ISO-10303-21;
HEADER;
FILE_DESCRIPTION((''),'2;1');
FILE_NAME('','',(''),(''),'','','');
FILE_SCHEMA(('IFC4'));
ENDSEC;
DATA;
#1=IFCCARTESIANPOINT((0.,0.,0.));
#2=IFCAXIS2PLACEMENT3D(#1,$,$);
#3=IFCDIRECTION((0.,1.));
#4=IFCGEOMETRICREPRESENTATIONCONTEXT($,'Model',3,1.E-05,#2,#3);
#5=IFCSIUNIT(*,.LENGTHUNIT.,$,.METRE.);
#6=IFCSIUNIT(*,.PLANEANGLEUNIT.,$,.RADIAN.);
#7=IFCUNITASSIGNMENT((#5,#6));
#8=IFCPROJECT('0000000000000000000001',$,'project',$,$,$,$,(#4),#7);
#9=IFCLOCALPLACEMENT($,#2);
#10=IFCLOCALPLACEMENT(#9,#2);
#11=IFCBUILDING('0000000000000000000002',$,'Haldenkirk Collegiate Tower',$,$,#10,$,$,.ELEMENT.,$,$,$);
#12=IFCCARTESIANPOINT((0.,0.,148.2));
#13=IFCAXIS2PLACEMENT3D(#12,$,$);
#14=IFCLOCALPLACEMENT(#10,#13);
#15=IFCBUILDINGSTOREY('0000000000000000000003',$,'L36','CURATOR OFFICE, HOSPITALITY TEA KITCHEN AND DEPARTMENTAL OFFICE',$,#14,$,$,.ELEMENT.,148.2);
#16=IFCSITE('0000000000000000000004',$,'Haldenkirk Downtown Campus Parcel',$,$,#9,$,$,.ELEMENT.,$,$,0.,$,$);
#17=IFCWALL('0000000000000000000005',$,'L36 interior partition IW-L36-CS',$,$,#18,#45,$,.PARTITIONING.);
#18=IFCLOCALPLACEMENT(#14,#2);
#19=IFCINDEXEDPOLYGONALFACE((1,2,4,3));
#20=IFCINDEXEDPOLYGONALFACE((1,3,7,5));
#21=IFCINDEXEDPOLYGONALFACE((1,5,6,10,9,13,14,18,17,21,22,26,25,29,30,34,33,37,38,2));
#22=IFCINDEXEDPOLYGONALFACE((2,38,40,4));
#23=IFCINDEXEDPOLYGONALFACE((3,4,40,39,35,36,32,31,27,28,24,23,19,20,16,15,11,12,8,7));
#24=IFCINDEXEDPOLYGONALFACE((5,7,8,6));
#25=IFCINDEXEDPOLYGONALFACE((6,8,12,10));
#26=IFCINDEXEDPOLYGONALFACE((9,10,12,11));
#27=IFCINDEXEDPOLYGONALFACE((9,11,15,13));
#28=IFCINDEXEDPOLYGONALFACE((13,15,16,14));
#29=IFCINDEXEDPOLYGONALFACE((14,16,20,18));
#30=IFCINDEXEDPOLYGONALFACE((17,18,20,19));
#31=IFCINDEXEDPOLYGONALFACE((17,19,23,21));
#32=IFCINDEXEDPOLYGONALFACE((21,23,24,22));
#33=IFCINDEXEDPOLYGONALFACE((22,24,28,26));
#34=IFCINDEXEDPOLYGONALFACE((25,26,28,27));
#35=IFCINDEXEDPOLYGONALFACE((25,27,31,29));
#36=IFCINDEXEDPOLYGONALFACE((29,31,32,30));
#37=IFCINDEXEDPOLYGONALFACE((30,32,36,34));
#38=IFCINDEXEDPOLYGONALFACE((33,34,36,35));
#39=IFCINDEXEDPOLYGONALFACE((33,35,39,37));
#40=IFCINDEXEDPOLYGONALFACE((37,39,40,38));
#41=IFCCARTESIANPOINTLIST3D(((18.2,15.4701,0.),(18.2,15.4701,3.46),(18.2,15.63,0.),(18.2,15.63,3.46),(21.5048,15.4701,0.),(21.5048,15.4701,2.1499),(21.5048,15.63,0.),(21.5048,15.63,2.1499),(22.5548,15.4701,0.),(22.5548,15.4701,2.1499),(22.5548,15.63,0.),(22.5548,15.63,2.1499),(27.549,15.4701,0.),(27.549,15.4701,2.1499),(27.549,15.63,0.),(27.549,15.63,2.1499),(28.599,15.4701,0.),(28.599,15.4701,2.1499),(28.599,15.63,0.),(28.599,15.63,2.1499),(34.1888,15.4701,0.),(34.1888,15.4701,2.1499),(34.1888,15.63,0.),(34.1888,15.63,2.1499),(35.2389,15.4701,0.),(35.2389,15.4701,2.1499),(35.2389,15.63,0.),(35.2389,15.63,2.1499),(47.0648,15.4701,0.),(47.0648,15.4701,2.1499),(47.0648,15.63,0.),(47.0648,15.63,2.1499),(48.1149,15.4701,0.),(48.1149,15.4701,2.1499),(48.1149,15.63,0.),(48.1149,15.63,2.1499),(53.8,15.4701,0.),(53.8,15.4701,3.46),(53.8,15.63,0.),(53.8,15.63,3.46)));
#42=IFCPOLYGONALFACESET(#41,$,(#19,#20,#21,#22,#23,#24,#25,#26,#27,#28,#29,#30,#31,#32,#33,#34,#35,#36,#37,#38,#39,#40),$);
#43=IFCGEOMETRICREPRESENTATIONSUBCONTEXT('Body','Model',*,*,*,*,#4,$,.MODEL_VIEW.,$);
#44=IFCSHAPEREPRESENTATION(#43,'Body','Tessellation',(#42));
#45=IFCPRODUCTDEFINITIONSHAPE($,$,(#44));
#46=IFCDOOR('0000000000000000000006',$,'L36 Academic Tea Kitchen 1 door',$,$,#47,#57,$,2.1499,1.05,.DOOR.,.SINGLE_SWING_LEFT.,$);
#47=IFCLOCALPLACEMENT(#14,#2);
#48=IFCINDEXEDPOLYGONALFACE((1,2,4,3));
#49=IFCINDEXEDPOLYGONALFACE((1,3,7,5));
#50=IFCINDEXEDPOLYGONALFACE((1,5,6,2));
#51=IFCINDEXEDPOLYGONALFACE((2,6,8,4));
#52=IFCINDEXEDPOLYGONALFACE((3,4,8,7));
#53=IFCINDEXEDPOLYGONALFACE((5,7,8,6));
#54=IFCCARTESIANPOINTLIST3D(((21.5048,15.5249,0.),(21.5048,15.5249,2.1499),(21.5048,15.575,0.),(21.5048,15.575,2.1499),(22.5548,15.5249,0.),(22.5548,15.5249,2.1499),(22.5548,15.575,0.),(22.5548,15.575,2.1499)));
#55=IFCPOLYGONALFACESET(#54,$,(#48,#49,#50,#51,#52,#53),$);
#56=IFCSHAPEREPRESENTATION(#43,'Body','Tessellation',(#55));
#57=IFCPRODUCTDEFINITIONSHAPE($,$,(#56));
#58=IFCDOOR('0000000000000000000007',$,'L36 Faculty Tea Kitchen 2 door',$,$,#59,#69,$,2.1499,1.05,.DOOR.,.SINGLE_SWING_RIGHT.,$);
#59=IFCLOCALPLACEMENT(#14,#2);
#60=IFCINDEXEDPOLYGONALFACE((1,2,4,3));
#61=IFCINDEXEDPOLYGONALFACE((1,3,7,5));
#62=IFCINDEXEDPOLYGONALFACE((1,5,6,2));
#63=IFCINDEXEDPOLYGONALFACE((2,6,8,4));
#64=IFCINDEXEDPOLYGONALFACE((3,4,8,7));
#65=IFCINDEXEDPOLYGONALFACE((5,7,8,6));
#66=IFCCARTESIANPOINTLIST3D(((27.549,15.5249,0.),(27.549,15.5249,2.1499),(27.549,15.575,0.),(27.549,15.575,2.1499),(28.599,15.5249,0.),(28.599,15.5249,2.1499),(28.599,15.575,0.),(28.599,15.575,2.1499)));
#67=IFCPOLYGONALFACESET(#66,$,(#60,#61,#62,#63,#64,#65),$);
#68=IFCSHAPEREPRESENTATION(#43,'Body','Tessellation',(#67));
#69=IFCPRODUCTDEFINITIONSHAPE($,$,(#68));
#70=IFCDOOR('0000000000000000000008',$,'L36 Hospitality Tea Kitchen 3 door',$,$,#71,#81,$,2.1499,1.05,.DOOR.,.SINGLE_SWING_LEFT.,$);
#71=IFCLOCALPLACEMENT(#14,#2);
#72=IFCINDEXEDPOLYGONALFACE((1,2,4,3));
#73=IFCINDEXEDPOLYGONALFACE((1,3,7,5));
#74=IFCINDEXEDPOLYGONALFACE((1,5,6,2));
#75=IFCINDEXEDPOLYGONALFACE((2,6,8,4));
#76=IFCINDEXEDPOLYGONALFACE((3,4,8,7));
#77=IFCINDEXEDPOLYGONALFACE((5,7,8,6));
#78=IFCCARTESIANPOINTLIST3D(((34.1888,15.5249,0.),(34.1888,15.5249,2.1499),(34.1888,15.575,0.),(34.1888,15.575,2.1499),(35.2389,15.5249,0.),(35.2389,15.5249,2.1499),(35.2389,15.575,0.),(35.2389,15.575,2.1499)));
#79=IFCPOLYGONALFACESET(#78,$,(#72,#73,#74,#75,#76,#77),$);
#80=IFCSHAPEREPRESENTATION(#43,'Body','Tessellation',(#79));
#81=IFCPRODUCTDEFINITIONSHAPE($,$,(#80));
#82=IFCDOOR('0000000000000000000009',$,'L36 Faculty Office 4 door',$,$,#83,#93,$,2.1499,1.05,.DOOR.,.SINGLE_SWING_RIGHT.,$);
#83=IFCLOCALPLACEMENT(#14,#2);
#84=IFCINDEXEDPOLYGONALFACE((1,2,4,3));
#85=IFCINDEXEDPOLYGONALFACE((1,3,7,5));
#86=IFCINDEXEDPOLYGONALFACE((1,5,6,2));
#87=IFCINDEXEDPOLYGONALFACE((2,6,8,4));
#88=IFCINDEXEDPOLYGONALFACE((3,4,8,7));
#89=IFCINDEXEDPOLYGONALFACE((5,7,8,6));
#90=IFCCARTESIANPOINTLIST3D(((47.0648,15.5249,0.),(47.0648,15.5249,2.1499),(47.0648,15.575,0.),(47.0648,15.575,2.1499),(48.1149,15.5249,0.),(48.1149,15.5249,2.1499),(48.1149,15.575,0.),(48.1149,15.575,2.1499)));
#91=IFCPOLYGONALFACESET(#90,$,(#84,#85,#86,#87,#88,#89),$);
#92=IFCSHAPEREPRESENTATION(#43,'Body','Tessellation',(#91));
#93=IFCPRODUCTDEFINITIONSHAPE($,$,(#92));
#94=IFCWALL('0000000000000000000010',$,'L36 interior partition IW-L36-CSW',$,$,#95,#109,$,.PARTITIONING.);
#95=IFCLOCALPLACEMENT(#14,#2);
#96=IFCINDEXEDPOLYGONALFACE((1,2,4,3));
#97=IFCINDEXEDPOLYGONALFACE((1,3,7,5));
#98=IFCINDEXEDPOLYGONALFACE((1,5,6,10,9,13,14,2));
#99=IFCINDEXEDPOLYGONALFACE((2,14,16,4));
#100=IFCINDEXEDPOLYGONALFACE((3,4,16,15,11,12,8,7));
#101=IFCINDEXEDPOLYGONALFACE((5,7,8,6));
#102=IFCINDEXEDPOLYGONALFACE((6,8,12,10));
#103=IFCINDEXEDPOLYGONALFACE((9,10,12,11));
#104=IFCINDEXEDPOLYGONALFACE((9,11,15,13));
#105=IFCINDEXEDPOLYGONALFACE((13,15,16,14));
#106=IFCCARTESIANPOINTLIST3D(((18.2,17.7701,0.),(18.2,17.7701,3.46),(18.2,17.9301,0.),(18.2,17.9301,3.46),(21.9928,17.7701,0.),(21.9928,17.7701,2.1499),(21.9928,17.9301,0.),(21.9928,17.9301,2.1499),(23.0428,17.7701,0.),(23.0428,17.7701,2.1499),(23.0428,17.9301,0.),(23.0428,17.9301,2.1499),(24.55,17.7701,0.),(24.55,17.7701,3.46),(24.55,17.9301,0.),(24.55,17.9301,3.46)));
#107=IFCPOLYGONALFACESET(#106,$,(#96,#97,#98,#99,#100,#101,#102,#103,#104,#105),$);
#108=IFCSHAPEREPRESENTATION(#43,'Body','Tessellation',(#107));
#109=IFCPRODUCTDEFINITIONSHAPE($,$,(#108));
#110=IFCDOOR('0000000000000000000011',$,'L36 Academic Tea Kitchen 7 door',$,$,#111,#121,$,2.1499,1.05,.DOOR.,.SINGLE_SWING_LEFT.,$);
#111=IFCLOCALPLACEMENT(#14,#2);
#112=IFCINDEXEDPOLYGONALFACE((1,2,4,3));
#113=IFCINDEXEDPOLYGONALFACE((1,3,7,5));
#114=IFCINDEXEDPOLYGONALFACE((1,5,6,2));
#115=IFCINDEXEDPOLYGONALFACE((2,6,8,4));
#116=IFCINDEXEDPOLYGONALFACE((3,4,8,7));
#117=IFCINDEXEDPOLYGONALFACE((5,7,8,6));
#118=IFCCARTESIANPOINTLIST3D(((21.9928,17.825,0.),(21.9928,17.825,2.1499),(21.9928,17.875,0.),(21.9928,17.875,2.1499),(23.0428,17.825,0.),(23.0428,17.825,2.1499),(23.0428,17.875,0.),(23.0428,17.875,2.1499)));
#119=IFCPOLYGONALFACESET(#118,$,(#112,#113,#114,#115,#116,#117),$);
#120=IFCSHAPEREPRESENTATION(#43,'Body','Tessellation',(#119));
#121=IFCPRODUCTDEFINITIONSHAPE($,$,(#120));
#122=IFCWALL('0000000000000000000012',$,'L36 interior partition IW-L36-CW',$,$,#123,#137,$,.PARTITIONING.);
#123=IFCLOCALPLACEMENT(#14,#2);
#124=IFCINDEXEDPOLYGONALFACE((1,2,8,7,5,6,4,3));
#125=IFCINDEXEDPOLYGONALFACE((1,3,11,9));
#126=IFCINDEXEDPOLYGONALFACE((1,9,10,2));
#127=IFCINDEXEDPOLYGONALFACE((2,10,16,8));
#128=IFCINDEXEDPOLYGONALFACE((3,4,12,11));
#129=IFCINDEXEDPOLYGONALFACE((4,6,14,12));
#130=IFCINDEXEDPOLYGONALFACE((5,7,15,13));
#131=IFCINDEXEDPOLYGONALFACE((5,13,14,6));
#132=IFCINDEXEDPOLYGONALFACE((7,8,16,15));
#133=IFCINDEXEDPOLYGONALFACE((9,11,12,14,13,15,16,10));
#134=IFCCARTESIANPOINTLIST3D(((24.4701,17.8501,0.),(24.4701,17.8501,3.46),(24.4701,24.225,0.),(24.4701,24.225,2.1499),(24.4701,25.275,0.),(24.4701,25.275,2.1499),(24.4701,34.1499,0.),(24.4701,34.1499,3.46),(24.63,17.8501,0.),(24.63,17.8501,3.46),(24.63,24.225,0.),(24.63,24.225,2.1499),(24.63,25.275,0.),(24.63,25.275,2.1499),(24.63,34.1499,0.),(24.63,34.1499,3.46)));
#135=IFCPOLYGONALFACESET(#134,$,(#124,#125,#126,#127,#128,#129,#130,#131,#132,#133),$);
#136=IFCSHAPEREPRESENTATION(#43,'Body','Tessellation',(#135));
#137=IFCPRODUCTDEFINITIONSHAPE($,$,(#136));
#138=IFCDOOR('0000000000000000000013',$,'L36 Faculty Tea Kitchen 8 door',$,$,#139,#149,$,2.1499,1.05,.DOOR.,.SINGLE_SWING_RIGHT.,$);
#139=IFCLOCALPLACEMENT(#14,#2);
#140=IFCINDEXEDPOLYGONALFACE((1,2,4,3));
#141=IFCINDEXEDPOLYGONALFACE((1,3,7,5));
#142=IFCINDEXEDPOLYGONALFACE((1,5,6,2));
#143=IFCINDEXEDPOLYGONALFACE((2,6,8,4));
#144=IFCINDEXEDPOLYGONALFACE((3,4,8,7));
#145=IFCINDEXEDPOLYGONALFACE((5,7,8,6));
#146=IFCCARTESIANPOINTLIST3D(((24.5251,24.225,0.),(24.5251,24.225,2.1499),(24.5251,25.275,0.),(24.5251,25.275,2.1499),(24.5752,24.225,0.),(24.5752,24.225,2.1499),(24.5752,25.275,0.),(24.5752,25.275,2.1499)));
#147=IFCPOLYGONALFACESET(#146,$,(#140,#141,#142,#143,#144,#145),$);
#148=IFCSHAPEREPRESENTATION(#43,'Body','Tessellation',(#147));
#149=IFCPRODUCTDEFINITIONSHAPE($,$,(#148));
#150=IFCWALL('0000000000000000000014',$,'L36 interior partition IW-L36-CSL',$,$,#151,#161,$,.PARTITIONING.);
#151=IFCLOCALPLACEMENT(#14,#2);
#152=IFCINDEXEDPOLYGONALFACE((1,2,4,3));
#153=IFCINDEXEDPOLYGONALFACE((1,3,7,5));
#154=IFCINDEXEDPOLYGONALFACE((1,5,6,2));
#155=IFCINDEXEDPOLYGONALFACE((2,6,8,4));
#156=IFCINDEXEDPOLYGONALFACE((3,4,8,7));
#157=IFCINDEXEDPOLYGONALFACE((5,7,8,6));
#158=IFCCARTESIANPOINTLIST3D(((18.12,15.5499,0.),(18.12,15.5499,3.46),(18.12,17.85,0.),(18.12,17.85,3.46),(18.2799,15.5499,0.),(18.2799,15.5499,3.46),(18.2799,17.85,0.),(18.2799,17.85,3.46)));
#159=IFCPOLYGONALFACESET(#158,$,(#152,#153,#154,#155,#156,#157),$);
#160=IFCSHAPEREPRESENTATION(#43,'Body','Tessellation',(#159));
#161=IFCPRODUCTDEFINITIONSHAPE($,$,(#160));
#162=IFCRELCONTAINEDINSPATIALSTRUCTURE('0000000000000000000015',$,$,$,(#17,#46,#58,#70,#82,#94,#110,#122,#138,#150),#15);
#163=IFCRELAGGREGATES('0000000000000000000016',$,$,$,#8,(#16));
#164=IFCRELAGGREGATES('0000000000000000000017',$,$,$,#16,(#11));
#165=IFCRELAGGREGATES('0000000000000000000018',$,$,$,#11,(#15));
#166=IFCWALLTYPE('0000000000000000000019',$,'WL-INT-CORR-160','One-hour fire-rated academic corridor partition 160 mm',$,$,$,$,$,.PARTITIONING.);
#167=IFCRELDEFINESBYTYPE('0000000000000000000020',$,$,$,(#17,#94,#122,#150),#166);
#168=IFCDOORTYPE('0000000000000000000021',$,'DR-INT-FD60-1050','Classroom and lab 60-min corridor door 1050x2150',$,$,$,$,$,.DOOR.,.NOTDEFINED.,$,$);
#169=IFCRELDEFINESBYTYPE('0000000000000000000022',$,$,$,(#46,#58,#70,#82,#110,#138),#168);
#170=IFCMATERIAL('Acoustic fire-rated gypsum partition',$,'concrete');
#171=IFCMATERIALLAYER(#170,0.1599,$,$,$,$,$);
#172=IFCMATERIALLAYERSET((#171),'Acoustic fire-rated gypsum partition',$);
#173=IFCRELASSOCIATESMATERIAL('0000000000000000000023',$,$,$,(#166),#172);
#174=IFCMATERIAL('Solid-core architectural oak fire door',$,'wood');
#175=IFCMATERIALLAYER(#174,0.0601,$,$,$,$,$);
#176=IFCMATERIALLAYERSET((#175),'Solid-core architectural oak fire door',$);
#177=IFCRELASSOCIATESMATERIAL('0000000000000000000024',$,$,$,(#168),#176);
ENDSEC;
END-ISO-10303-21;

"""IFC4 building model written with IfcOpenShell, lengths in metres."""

from ifc_helpers import new_model, si_unit, direction, frame, frame_2d, origin, place, context, subcontext, project, spatial, rectangle, extrude, material, layer, layer_set, type_object, element, fill, save


model = new_model("IFC4")

# Units and contexts
model_context = context("Model", 3, precision=1e-05, world=origin(), true_north=direction((0.0, 1.0)))
body_context = subcontext(model_context, "Body", "Model", "MODEL_VIEW")
ifc_project = project(units=[si_unit("LENGTHUNIT", "METRE"), si_unit("PLANEANGLEUNIT", "RADIAN")], contexts=[model_context])

# Site, building, storey
site_placement = place(None, origin())
site = spatial("IfcSite", under=ifc_project, at=site_placement, Name="Haldenkirk Downtown Campus Parcel", CompositionType="ELEMENT", RefElevation=0.0)
building_placement = place(site_placement, origin())
building = spatial("IfcBuilding", under=site, at=building_placement, Name="Haldenkirk Collegiate Tower", CompositionType="ELEMENT")
storey_placement = place(building_placement, frame((0.0, 0.0, 148.2)))
storey = spatial("IfcBuildingStorey", under=building, at=storey_placement, Name="L36", Description="CURATOR OFFICE, HOSPITALITY TEA KITCHEN AND DEPARTMENTAL OFFICE", CompositionType="ELEMENT", Elevation=148.2)

# Wall, openings, doors
ifc_material_1 = material(Name="Acoustic fire-rated gypsum partition", Category="concrete")
ifc_layer_1 = layer(ifc_material_1, 0.1599)
ifc_layer_set_1 = layer_set([ifc_layer_1], Name="Acoustic fire-rated gypsum partition")
wall_type_1 = type_object("IfcWallType", Name="WL-INT-CORR-160", Description="One-hour fire-rated academic corridor partition 160 mm", PredefinedType="PARTITIONING", material=ifc_layer_set_1)
wall_1_placement = place(storey_placement, frame((18.2, 15.55, 0.0), z_axis=(0.0, 0.0, 1.0), x_axis=(1.0, 0.0, 0.0)))
wall_1 = element("IfcWall", 1, at=wall_1_placement, inside=storey, type_object=wall_type_1, Name="L36 interior partition IW-L36-CS", PredefinedType="PARTITIONING", context=body_context, shape_type="SweptSolid", body=[
    extrude(rectangle(XDim=35.6001, YDim=0.1599, at=frame_2d((17.8, 0.0))), origin(), (0.0, 0.0, 1.0), 3.46),
])
opening_1_placement = place(wall_1_placement, frame((3.3049, 0.0, 0.0)))
opening_1 = element("IfcOpeningElement", 2, at=opening_1_placement, cuts=wall_1, PredefinedType="OPENING", context=body_context, shape_type="SweptSolid", body=[
    extrude(rectangle(XDim=1.05, YDim=2.1499, at=frame_2d((0.5249, 1.075))), frame((0.0, 0.0898, 0.0), z_axis=(0.0, -1.0, 0.0), x_axis=(1.0, 0.0, 0.0)), (0.0, 0.0, 1.0), 0.1799),
])
opening_2_placement = place(wall_1_placement, frame((9.3491, 0.0, 0.0)))
opening_2 = element("IfcOpeningElement", 3, at=opening_2_placement, cuts=wall_1, PredefinedType="OPENING", context=body_context, shape_type="SweptSolid", body=[
    extrude(rectangle(XDim=1.05, YDim=2.1499, at=frame_2d((0.5249, 1.075))), frame((0.0, 0.0898, 0.0), z_axis=(0.0, -1.0, 0.0), x_axis=(1.0, 0.0, 0.0)), (0.0, 0.0, 1.0), 0.1799),
])
opening_3_placement = place(wall_1_placement, frame((15.989, 0.0, 0.0)))
opening_3 = element("IfcOpeningElement", 4, at=opening_3_placement, cuts=wall_1, PredefinedType="OPENING", context=body_context, shape_type="SweptSolid", body=[
    extrude(rectangle(XDim=1.05, YDim=2.1499, at=frame_2d((0.5249, 1.075))), frame((0.0, 0.0898, 0.0), z_axis=(0.0, -1.0, 0.0), x_axis=(1.0, 0.0, 0.0)), (0.0, 0.0, 1.0), 0.1799),
])
opening_4_placement = place(wall_1_placement, frame((28.865, 0.0, 0.0)))
opening_4 = element("IfcOpeningElement", 5, at=opening_4_placement, cuts=wall_1, PredefinedType="OPENING", context=body_context, shape_type="SweptSolid", body=[
    extrude(rectangle(XDim=1.05, YDim=2.1499, at=frame_2d((0.5249, 1.075))), frame((0.0, 0.0898, 0.0), z_axis=(0.0, -1.0, 0.0), x_axis=(1.0, 0.0, 0.0)), (0.0, 0.0, 1.0), 0.1799),
])
ifc_material_2 = material(Name="Solid-core architectural oak fire door", Category="wood")
ifc_layer_2 = layer(ifc_material_2, 0.0601)
ifc_layer_set_2 = layer_set([ifc_layer_2], Name="Solid-core architectural oak fire door")
door_type_1 = type_object("IfcDoorType", Name="DR-INT-FD60-1050", Description="Classroom and lab 60-min corridor door 1050x2150", OperationType="NOTDEFINED", PredefinedType="DOOR", material=ifc_layer_set_2)
door_1_placement = place(opening_1_placement, origin())
door_1 = element("IfcDoor", 6, at=door_1_placement, inside=storey, type_object=door_type_1, Name="L36 Academic Tea Kitchen 1 door", OperationType="SINGLE_SWING_LEFT", OverallHeight=2.1499, OverallWidth=1.05, PredefinedType="DOOR", context=body_context, shape_type="SweptSolid", body=[
    extrude(rectangle(XDim=1.05, YDim=2.1499, at=frame_2d((0.5249, 1.075))), frame((0.0, 0.0249, 0.0), z_axis=(0.0, -1.0, 0.0), x_axis=(1.0, 0.0, 0.0)), (0.0, 0.0, 1.0), 0.05),
])
fill(opening_1, door_1)
door_2_placement = place(opening_2_placement, origin())
door_2 = element("IfcDoor", 7, at=door_2_placement, inside=storey, type_object=door_type_1, Name="L36 Faculty Tea Kitchen 2 door", OperationType="SINGLE_SWING_RIGHT", OverallHeight=2.1499, OverallWidth=1.05, PredefinedType="DOOR", context=body_context, shape_type="SweptSolid", body=[
    extrude(rectangle(XDim=1.05, YDim=2.1499, at=frame_2d((0.5249, 1.075))), frame((0.0, 0.0249, 0.0), z_axis=(0.0, -1.0, 0.0), x_axis=(1.0, 0.0, 0.0)), (0.0, 0.0, 1.0), 0.05),
])
fill(opening_2, door_2)
door_3_placement = place(opening_3_placement, origin())
door_3 = element("IfcDoor", 8, at=door_3_placement, inside=storey, type_object=door_type_1, Name="L36 Hospitality Tea Kitchen 3 door", OperationType="SINGLE_SWING_LEFT", OverallHeight=2.1499, OverallWidth=1.05, PredefinedType="DOOR", context=body_context, shape_type="SweptSolid", body=[
    extrude(rectangle(XDim=1.05, YDim=2.1499, at=frame_2d((0.5249, 1.075))), frame((0.0, 0.0249, 0.0), z_axis=(0.0, -1.0, 0.0), x_axis=(1.0, 0.0, 0.0)), (0.0, 0.0, 1.0), 0.05),
])
fill(opening_3, door_3)
door_4_placement = place(opening_4_placement, origin())
door_4 = element("IfcDoor", 9, at=door_4_placement, inside=storey, type_object=door_type_1, Name="L36 Faculty Office 4 door", OperationType="SINGLE_SWING_RIGHT", OverallHeight=2.1499, OverallWidth=1.05, PredefinedType="DOOR", context=body_context, shape_type="SweptSolid", body=[
    extrude(rectangle(XDim=1.05, YDim=2.1499, at=frame_2d((0.5249, 1.075))), frame((0.0, 0.0249, 0.0), z_axis=(0.0, -1.0, 0.0), x_axis=(1.0, 0.0, 0.0)), (0.0, 0.0, 1.0), 0.05),
])
fill(opening_4, door_4)

# Walls, openings, doors
wall_2_placement = place(storey_placement, frame((18.2, 17.8501, 0.0), z_axis=(0.0, 0.0, 1.0), x_axis=(1.0, 0.0, 0.0)))
wall_2 = element("IfcWall", 10, at=wall_2_placement, inside=storey, type_object=wall_type_1, Name="L36 interior partition IW-L36-CSW", PredefinedType="PARTITIONING", context=body_context, shape_type="SweptSolid", body=[
    extrude(rectangle(XDim=6.3501, YDim=0.1599, at=frame_2d((3.175, 0.0))), origin(), (0.0, 0.0, 1.0), 3.46),
])
opening_5_placement = place(wall_2_placement, frame((3.793, 0.0, 0.0)))
opening_5 = element("IfcOpeningElement", 11, at=opening_5_placement, cuts=wall_2, PredefinedType="OPENING", context=body_context, shape_type="SweptSolid", body=[
    extrude(rectangle(XDim=1.05, YDim=2.1499, at=frame_2d((0.5249, 1.075))), frame((0.0, 0.0898, 0.0), z_axis=(0.0, -1.0, 0.0), x_axis=(1.0, 0.0, 0.0)), (0.0, 0.0, 1.0), 0.1799),
])
door_5_placement = place(opening_5_placement, origin())
door_5 = element("IfcDoor", 12, at=door_5_placement, inside=storey, type_object=door_type_1, Name="L36 Academic Tea Kitchen 7 door", OperationType="SINGLE_SWING_LEFT", OverallHeight=2.1499, OverallWidth=1.05, PredefinedType="DOOR", context=body_context, shape_type="SweptSolid", body=[
    extrude(rectangle(XDim=1.05, YDim=2.1499, at=frame_2d((0.5249, 1.075))), frame((0.0, 0.0249, 0.0), z_axis=(0.0, -1.0, 0.0), x_axis=(1.0, 0.0, 0.0)), (0.0, 0.0, 1.0), 0.05),
])
fill(opening_5, door_5)
wall_3_placement = place(storey_placement, frame((24.55, 17.8501, 0.0), z_axis=(0.0, 0.0, 1.0), x_axis=(0.0, 1.0, 0.0)))
wall_3 = element("IfcWall", 13, at=wall_3_placement, inside=storey, type_object=wall_type_1, Name="L36 interior partition IW-L36-CW", PredefinedType="PARTITIONING", context=body_context, shape_type="SweptSolid", body=[
    extrude(rectangle(XDim=16.2998, YDim=0.1599, at=frame_2d((8.1499, 0.0))), origin(), (0.0, 0.0, 1.0), 3.46),
])
opening_6_placement = place(wall_3_placement, frame((6.375, 0.0, 0.0)))
opening_6 = element("IfcOpeningElement", 14, at=opening_6_placement, cuts=wall_3, PredefinedType="OPENING", context=body_context, shape_type="SweptSolid", body=[
    extrude(rectangle(XDim=1.05, YDim=2.1499, at=frame_2d((0.5249, 1.075))), frame((0.0, 0.0898, 0.0), z_axis=(0.0, -1.0, 0.0), x_axis=(1.0, 0.0, 0.0)), (0.0, 0.0, 1.0), 0.1799),
])
door_6_placement = place(opening_6_placement, origin())
door_6 = element("IfcDoor", 15, at=door_6_placement, inside=storey, type_object=door_type_1, Name="L36 Faculty Tea Kitchen 8 door", OperationType="SINGLE_SWING_RIGHT", OverallHeight=2.1499, OverallWidth=1.05, PredefinedType="DOOR", context=body_context, shape_type="SweptSolid", body=[
    extrude(rectangle(XDim=1.05, YDim=2.1499, at=frame_2d((0.5249, 1.075))), frame((0.0, 0.0249, 0.0), z_axis=(0.0, -1.0, 0.0), x_axis=(1.0, 0.0, 0.0)), (0.0, 0.0, 1.0), 0.05),
])
fill(opening_6, door_6)

# Wall
wall_4_placement = place(storey_placement, frame((18.2, 15.55, 0.0), z_axis=(0.0, 0.0, 1.0), x_axis=(0.0, 1.0, 0.0)))
element("IfcWall", 16, at=wall_4_placement, inside=storey, type_object=wall_type_1, Name="L36 interior partition IW-L36-CSL", PredefinedType="PARTITIONING", context=body_context, shape_type="SweptSolid", body=[
    extrude(rectangle(XDim=2.3, YDim=0.1599, at=frame_2d((1.1499, 0.0))), origin(), (0.0, 0.0, 1.0), 3.46),
])

save(model, "model.ifc")
